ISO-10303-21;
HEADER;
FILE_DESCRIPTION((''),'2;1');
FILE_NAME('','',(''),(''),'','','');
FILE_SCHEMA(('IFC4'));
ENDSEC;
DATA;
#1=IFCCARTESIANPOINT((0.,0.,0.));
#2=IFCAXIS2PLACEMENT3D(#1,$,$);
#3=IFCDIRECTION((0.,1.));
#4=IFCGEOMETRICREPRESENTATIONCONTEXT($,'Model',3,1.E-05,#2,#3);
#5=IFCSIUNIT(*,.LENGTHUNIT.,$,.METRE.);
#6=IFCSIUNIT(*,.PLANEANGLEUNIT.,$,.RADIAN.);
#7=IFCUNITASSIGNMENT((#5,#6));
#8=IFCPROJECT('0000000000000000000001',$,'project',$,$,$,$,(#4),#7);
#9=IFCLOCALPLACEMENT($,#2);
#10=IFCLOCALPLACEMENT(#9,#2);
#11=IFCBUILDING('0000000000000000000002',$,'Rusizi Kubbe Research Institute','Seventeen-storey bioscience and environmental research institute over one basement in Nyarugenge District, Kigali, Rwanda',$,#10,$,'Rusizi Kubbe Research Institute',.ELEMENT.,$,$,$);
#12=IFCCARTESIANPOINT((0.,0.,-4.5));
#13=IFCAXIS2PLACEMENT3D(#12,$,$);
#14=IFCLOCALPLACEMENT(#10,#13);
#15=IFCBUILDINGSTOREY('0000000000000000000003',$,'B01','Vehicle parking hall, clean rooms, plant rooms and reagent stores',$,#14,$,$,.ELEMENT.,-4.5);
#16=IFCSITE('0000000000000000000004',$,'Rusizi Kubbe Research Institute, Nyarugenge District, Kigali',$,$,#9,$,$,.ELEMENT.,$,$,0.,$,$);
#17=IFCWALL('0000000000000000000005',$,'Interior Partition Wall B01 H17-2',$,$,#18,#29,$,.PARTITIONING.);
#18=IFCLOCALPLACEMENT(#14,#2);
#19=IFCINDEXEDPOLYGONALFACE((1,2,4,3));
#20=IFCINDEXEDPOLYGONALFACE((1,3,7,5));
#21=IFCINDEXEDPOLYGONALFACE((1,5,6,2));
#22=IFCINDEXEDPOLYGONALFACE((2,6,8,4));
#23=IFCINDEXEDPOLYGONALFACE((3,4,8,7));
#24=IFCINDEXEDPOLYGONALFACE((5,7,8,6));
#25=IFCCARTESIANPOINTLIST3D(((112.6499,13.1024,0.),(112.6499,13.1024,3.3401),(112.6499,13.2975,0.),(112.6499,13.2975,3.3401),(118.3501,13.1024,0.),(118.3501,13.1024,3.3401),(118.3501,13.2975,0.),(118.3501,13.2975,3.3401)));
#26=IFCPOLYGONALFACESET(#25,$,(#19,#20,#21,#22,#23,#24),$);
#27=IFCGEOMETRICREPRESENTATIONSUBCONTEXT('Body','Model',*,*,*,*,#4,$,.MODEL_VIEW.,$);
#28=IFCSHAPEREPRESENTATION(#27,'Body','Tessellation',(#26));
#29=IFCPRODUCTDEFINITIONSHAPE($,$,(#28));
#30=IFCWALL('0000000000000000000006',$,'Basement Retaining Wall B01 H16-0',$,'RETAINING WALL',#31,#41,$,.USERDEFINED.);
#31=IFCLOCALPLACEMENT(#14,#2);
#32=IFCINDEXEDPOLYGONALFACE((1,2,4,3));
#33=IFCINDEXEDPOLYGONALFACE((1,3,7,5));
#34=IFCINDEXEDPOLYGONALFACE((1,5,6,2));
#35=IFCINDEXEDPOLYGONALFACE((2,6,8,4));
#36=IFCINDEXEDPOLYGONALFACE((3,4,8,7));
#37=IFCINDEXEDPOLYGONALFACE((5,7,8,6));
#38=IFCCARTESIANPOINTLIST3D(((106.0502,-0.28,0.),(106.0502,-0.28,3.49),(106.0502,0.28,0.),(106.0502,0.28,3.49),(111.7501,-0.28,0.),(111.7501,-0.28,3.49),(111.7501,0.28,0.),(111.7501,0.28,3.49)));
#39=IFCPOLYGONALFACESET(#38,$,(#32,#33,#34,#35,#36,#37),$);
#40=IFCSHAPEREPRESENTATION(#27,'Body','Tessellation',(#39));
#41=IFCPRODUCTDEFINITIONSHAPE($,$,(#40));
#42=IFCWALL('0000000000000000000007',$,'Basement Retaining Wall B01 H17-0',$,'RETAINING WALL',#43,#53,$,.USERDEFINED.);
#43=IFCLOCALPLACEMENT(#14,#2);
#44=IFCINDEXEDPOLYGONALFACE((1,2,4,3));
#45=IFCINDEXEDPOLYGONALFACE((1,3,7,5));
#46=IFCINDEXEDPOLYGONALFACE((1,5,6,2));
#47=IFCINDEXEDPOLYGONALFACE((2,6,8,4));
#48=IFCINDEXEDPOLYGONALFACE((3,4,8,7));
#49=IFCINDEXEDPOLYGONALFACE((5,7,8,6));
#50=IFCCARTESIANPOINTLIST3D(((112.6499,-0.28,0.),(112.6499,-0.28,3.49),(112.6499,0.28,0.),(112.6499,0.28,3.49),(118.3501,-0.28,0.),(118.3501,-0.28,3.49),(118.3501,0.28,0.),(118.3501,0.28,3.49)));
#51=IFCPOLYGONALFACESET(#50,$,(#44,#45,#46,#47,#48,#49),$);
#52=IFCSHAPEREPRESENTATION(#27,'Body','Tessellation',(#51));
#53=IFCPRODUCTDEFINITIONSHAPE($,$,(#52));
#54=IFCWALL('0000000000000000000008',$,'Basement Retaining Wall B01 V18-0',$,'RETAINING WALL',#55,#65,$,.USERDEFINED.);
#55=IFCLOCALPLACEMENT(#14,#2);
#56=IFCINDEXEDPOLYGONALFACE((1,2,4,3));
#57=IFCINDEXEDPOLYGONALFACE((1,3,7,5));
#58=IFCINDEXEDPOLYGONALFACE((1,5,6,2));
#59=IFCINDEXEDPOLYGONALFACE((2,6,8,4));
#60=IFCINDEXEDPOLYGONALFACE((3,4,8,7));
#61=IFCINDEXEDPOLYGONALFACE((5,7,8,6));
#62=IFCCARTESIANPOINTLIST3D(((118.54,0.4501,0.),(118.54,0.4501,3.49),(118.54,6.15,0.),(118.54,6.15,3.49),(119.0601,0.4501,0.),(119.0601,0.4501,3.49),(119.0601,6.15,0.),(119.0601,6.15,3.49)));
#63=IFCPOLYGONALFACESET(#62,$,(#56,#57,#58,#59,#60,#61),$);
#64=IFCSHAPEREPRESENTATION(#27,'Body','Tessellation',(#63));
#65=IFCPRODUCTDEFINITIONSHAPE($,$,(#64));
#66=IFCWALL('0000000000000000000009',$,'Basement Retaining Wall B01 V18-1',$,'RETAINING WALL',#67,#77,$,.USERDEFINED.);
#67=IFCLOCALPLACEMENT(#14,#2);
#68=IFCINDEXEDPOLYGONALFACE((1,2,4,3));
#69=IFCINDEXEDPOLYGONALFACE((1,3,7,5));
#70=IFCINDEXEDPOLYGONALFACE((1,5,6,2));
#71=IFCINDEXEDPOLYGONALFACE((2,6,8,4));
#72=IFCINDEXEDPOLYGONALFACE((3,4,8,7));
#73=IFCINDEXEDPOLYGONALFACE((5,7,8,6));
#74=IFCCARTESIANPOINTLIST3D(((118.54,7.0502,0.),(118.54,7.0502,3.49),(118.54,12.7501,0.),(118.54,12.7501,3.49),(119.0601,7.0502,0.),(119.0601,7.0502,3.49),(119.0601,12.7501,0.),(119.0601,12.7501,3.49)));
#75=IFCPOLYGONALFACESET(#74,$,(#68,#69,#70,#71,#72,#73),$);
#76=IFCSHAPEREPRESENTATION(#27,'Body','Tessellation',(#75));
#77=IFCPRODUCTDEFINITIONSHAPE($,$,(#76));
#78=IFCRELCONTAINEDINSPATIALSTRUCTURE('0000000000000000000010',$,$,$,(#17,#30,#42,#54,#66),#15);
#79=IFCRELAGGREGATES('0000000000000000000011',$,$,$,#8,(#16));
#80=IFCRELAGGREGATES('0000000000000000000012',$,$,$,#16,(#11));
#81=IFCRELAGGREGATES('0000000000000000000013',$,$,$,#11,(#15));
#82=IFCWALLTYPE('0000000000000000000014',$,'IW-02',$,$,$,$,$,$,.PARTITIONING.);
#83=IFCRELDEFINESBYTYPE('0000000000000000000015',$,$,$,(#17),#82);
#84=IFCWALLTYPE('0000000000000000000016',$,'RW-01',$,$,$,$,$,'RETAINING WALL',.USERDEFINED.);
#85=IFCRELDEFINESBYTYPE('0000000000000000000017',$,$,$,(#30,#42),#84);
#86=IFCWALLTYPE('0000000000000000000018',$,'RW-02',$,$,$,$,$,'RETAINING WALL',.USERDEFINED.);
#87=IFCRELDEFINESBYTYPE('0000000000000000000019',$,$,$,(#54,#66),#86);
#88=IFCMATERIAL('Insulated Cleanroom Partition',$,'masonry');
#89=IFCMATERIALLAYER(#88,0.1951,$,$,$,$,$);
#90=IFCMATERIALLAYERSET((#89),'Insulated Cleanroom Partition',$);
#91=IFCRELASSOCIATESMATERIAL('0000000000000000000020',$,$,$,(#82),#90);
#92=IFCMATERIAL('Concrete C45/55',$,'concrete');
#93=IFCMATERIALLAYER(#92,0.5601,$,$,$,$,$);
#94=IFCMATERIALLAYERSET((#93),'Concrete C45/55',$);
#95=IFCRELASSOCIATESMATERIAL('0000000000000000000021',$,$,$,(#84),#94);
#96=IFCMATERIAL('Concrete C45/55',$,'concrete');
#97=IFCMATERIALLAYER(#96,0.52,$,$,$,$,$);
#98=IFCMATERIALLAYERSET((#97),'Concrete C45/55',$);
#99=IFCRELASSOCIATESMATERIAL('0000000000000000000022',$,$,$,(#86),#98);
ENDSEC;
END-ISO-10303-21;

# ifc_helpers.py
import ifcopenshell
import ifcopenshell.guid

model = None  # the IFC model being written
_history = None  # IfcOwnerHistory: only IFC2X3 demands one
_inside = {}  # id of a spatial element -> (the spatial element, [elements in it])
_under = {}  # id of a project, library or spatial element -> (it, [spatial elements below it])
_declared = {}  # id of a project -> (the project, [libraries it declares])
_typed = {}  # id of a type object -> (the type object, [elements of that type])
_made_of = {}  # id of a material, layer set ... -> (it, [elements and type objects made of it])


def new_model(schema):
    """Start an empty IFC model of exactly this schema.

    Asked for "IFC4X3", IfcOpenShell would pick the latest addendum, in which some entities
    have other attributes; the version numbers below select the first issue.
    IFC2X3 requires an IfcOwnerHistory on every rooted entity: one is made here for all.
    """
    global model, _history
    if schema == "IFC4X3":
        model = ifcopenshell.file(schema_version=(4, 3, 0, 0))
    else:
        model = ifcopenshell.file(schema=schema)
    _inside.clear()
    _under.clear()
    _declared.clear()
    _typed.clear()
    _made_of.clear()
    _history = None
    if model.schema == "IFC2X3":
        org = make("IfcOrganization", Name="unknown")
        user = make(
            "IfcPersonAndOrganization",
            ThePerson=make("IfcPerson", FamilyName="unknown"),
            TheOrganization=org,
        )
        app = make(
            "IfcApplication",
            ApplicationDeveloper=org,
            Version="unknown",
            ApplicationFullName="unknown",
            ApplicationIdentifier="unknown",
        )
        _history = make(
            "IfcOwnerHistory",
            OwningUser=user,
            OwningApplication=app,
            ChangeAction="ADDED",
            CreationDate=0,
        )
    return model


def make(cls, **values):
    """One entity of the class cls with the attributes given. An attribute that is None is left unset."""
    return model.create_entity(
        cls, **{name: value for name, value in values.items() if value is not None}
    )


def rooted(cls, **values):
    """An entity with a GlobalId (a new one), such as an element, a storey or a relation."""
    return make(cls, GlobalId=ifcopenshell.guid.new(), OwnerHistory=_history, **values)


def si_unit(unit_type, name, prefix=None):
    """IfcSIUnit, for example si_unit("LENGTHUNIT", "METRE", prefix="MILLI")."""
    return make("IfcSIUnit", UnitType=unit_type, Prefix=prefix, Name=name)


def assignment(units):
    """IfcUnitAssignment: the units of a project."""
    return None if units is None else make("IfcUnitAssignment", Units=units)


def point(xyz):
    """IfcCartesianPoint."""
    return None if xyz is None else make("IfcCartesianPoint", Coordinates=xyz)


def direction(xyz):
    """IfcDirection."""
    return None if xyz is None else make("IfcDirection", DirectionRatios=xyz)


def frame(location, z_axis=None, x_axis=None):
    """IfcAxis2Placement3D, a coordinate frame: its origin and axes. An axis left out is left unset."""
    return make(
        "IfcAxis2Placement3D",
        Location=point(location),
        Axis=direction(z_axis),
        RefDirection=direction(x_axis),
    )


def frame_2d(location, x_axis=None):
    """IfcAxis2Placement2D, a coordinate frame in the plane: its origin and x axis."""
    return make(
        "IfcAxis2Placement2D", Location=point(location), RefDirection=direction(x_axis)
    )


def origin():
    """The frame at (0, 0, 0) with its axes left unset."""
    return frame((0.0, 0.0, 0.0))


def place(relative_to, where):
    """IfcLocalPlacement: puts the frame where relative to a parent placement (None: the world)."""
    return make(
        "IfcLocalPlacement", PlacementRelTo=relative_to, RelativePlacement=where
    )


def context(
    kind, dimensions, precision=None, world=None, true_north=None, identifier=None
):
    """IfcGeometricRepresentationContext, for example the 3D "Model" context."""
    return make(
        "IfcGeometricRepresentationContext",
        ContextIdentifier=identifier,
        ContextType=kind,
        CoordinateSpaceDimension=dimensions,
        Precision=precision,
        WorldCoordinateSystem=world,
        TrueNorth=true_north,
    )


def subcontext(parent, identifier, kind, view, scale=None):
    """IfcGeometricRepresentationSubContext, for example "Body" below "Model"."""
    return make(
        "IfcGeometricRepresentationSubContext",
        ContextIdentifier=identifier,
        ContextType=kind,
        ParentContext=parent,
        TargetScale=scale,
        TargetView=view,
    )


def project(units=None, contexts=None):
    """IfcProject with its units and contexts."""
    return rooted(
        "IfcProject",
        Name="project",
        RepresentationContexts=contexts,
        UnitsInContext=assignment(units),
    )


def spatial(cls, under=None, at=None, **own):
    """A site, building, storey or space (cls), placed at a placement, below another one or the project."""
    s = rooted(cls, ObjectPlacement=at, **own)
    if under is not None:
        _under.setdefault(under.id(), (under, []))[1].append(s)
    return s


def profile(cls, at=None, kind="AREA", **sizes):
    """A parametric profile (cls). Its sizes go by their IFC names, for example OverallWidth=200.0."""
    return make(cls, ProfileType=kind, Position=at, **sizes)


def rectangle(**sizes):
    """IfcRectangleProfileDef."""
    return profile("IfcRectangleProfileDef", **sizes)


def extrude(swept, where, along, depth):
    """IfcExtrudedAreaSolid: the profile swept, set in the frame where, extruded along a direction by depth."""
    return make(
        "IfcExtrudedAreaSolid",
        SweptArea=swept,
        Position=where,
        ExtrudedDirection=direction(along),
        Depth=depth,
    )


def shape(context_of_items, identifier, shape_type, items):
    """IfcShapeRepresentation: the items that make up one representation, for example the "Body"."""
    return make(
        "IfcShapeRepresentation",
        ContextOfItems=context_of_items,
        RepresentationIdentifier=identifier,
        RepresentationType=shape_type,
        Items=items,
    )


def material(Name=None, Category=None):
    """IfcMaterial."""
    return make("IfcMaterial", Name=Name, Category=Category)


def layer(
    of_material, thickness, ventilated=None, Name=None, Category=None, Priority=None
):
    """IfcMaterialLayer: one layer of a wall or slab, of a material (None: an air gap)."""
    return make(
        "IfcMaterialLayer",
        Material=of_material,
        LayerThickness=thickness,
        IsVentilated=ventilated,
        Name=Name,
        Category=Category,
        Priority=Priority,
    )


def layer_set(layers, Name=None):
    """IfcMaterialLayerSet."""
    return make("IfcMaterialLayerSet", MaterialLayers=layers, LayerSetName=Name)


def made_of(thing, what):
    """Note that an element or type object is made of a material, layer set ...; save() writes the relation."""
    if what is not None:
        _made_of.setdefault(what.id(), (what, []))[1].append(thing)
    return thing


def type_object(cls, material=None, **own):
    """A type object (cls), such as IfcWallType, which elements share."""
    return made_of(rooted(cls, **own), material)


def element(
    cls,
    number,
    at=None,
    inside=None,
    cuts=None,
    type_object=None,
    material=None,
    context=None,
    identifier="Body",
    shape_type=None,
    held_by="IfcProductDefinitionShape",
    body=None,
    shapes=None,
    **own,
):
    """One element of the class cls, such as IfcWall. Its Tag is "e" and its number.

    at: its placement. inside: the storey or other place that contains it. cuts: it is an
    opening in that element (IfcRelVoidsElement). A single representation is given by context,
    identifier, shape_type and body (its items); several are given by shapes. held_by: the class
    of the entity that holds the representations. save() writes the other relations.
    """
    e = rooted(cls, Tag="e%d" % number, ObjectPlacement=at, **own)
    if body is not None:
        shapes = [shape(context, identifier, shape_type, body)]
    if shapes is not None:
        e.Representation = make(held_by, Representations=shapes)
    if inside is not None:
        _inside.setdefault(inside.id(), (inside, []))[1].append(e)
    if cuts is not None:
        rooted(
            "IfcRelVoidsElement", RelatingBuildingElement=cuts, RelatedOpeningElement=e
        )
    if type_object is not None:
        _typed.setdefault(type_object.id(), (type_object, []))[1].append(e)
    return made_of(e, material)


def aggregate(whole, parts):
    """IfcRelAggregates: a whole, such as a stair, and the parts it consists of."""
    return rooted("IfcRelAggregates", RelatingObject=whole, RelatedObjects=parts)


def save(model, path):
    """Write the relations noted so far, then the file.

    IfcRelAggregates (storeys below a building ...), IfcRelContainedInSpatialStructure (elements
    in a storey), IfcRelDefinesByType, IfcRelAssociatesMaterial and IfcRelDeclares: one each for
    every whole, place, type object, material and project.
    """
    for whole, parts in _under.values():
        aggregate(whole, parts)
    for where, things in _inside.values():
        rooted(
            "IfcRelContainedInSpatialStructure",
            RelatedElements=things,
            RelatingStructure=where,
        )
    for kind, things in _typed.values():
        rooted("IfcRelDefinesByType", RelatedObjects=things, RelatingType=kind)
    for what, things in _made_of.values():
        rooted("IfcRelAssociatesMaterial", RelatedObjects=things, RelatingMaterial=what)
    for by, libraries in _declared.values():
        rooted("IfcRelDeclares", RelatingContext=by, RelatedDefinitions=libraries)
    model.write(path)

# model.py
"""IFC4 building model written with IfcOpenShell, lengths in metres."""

from ifc_helpers import new_model, si_unit, direction, frame, frame_2d, origin, place, context, subcontext, project, spatial, rectangle, extrude, material, layer, layer_set, type_object, element, save


model = new_model("IFC4")

# Units and contexts
model_context = context("Model", 3, precision=1e-05, world=origin(), true_north=direction((0.0, 1.0)))
body_context = subcontext(model_context, "Body", "Model", "MODEL_VIEW")
ifc_project = project(units=[si_unit("LENGTHUNIT", "METRE"), si_unit("PLANEANGLEUNIT", "RADIAN")], contexts=[model_context])

# Site, building, storey
site_placement = place(None, origin())
site = spatial("IfcSite", under=ifc_project, at=site_placement, Name="Rusizi Kubbe Research Institute, Nyarugenge District, Kigali", CompositionType="ELEMENT", RefElevation=0.0)
building_placement = place(site_placement, origin())
building = spatial("IfcBuilding", under=site, at=building_placement, Name="Rusizi Kubbe Research Institute", Description="Seventeen-storey bioscience and environmental research institute over one basement in Nyarugenge District, Kigali, Rwanda", LongName="Rusizi Kubbe Research Institute", CompositionType="ELEMENT")
storey_placement = place(building_placement, frame((0.0, 0.0, -4.5)))
storey = spatial("IfcBuildingStorey", under=building, at=storey_placement, Name="B01", Description="Vehicle parking hall, clean rooms, plant rooms and reagent stores", CompositionType="ELEMENT", Elevation=-4.5)

# Walls
ifc_material_1 = material(Name="Insulated Cleanroom Partition", Category="masonry")
ifc_layer_1 = layer(ifc_material_1, 0.1951)
ifc_layer_set_1 = layer_set([ifc_layer_1], Name="Insulated Cleanroom Partition")
wall_type_1 = type_object("IfcWallType", Name="IW-02", PredefinedType="PARTITIONING", material=ifc_layer_set_1)
wall_1_placement = place(storey_placement, frame((112.6499, 13.2, 0.0), z_axis=(0.0, 0.0, 1.0), x_axis=(1.0, 0.0, 0.0)))
element("IfcWall", 1, at=wall_1_placement, inside=storey, type_object=wall_type_1, Name="Interior Partition Wall B01 H17-2", PredefinedType="PARTITIONING", context=body_context, shape_type="SweptSolid", body=[
    extrude(rectangle(XDim=5.7002, YDim=0.1951, at=frame_2d((2.8501, 0.0))), origin(), (0.0, 0.0, 1.0), 3.3401),
])
ifc_material_2 = material(Name="Concrete C45/55", Category="concrete")
ifc_layer_2 = layer(ifc_material_2, 0.5601)
ifc_layer_set_2 = layer_set([ifc_layer_2], Name="Concrete C45/55")
wall_type_2 = type_object("IfcWallType", Name="RW-01", ElementType="RETAINING WALL", PredefinedType="USERDEFINED", material=ifc_layer_set_2)
wall_2_placement = place(storey_placement, frame((106.05, 0.0, 0.0), z_axis=(0.0, 0.0, 1.0), x_axis=(1.0, 0.0, 0.0)))
element("IfcWall", 2, at=wall_2_placement, inside=storey, type_object=wall_type_2, Name="Basement Retaining Wall B01 H16-0", ObjectType="RETAINING WALL", PredefinedType="USERDEFINED", context=body_context, shape_type="SweptSolid", body=[
    extrude(rectangle(XDim=5.7, YDim=0.5601, at=frame_2d((2.8501, 0.0))), origin(), (0.0, 0.0, 1.0), 3.49),
])
wall_3_placement = place(storey_placement, frame((112.6499, 0.0, 0.0), z_axis=(0.0, 0.0, 1.0), x_axis=(1.0, 0.0, 0.0)))
element("IfcWall", 3, at=wall_3_placement, inside=storey, type_object=wall_type_2, Name="Basement Retaining Wall B01 H17-0", ObjectType="RETAINING WALL", PredefinedType="USERDEFINED", context=body_context, shape_type="SweptSolid", body=[
    extrude(rectangle(XDim=5.7002, YDim=0.5601, at=frame_2d((2.8501, 0.0))), origin(), (0.0, 0.0, 1.0), 3.49),
])
ifc_material_3 = material(Name="Concrete C45/55", Category="concrete")
ifc_layer_3 = layer(ifc_material_3, 0.52)
ifc_layer_set_3 = layer_set([ifc_layer_3], Name="Concrete C45/55")
wall_type_3 = type_object("IfcWallType", Name="RW-02", ElementType="RETAINING WALL", PredefinedType="USERDEFINED", material=ifc_layer_set_3)
for number, where, z_axis, x_axis, name in (
    (4, (118.8, 0.45, 0.0), (0.0, 0.0, 1.0), (0.0, 1.0, 0.0), "Basement Retaining Wall B01 V18-0"),
    (5, (118.8, 7.05, 0.0), (0.0, 0.0, 1.0), (0.0, 1.0, 0.0), "Basement Retaining Wall B01 V18-1"),
):
    element("IfcWall", number, at=place(storey_placement, frame(where, z_axis=z_axis, x_axis=x_axis)), inside=storey, type_object=wall_type_3, Name=name, ObjectType="RETAINING WALL", PredefinedType="USERDEFINED", context=body_context, shape_type="SweptSolid", body=[
        extrude(rectangle(XDim=5.7, YDim=0.52, at=frame_2d((2.8501, 0.0))), origin(), (0.0, 0.0, 1.0), 3.49),
    ])

save(model, "model.ifc")
